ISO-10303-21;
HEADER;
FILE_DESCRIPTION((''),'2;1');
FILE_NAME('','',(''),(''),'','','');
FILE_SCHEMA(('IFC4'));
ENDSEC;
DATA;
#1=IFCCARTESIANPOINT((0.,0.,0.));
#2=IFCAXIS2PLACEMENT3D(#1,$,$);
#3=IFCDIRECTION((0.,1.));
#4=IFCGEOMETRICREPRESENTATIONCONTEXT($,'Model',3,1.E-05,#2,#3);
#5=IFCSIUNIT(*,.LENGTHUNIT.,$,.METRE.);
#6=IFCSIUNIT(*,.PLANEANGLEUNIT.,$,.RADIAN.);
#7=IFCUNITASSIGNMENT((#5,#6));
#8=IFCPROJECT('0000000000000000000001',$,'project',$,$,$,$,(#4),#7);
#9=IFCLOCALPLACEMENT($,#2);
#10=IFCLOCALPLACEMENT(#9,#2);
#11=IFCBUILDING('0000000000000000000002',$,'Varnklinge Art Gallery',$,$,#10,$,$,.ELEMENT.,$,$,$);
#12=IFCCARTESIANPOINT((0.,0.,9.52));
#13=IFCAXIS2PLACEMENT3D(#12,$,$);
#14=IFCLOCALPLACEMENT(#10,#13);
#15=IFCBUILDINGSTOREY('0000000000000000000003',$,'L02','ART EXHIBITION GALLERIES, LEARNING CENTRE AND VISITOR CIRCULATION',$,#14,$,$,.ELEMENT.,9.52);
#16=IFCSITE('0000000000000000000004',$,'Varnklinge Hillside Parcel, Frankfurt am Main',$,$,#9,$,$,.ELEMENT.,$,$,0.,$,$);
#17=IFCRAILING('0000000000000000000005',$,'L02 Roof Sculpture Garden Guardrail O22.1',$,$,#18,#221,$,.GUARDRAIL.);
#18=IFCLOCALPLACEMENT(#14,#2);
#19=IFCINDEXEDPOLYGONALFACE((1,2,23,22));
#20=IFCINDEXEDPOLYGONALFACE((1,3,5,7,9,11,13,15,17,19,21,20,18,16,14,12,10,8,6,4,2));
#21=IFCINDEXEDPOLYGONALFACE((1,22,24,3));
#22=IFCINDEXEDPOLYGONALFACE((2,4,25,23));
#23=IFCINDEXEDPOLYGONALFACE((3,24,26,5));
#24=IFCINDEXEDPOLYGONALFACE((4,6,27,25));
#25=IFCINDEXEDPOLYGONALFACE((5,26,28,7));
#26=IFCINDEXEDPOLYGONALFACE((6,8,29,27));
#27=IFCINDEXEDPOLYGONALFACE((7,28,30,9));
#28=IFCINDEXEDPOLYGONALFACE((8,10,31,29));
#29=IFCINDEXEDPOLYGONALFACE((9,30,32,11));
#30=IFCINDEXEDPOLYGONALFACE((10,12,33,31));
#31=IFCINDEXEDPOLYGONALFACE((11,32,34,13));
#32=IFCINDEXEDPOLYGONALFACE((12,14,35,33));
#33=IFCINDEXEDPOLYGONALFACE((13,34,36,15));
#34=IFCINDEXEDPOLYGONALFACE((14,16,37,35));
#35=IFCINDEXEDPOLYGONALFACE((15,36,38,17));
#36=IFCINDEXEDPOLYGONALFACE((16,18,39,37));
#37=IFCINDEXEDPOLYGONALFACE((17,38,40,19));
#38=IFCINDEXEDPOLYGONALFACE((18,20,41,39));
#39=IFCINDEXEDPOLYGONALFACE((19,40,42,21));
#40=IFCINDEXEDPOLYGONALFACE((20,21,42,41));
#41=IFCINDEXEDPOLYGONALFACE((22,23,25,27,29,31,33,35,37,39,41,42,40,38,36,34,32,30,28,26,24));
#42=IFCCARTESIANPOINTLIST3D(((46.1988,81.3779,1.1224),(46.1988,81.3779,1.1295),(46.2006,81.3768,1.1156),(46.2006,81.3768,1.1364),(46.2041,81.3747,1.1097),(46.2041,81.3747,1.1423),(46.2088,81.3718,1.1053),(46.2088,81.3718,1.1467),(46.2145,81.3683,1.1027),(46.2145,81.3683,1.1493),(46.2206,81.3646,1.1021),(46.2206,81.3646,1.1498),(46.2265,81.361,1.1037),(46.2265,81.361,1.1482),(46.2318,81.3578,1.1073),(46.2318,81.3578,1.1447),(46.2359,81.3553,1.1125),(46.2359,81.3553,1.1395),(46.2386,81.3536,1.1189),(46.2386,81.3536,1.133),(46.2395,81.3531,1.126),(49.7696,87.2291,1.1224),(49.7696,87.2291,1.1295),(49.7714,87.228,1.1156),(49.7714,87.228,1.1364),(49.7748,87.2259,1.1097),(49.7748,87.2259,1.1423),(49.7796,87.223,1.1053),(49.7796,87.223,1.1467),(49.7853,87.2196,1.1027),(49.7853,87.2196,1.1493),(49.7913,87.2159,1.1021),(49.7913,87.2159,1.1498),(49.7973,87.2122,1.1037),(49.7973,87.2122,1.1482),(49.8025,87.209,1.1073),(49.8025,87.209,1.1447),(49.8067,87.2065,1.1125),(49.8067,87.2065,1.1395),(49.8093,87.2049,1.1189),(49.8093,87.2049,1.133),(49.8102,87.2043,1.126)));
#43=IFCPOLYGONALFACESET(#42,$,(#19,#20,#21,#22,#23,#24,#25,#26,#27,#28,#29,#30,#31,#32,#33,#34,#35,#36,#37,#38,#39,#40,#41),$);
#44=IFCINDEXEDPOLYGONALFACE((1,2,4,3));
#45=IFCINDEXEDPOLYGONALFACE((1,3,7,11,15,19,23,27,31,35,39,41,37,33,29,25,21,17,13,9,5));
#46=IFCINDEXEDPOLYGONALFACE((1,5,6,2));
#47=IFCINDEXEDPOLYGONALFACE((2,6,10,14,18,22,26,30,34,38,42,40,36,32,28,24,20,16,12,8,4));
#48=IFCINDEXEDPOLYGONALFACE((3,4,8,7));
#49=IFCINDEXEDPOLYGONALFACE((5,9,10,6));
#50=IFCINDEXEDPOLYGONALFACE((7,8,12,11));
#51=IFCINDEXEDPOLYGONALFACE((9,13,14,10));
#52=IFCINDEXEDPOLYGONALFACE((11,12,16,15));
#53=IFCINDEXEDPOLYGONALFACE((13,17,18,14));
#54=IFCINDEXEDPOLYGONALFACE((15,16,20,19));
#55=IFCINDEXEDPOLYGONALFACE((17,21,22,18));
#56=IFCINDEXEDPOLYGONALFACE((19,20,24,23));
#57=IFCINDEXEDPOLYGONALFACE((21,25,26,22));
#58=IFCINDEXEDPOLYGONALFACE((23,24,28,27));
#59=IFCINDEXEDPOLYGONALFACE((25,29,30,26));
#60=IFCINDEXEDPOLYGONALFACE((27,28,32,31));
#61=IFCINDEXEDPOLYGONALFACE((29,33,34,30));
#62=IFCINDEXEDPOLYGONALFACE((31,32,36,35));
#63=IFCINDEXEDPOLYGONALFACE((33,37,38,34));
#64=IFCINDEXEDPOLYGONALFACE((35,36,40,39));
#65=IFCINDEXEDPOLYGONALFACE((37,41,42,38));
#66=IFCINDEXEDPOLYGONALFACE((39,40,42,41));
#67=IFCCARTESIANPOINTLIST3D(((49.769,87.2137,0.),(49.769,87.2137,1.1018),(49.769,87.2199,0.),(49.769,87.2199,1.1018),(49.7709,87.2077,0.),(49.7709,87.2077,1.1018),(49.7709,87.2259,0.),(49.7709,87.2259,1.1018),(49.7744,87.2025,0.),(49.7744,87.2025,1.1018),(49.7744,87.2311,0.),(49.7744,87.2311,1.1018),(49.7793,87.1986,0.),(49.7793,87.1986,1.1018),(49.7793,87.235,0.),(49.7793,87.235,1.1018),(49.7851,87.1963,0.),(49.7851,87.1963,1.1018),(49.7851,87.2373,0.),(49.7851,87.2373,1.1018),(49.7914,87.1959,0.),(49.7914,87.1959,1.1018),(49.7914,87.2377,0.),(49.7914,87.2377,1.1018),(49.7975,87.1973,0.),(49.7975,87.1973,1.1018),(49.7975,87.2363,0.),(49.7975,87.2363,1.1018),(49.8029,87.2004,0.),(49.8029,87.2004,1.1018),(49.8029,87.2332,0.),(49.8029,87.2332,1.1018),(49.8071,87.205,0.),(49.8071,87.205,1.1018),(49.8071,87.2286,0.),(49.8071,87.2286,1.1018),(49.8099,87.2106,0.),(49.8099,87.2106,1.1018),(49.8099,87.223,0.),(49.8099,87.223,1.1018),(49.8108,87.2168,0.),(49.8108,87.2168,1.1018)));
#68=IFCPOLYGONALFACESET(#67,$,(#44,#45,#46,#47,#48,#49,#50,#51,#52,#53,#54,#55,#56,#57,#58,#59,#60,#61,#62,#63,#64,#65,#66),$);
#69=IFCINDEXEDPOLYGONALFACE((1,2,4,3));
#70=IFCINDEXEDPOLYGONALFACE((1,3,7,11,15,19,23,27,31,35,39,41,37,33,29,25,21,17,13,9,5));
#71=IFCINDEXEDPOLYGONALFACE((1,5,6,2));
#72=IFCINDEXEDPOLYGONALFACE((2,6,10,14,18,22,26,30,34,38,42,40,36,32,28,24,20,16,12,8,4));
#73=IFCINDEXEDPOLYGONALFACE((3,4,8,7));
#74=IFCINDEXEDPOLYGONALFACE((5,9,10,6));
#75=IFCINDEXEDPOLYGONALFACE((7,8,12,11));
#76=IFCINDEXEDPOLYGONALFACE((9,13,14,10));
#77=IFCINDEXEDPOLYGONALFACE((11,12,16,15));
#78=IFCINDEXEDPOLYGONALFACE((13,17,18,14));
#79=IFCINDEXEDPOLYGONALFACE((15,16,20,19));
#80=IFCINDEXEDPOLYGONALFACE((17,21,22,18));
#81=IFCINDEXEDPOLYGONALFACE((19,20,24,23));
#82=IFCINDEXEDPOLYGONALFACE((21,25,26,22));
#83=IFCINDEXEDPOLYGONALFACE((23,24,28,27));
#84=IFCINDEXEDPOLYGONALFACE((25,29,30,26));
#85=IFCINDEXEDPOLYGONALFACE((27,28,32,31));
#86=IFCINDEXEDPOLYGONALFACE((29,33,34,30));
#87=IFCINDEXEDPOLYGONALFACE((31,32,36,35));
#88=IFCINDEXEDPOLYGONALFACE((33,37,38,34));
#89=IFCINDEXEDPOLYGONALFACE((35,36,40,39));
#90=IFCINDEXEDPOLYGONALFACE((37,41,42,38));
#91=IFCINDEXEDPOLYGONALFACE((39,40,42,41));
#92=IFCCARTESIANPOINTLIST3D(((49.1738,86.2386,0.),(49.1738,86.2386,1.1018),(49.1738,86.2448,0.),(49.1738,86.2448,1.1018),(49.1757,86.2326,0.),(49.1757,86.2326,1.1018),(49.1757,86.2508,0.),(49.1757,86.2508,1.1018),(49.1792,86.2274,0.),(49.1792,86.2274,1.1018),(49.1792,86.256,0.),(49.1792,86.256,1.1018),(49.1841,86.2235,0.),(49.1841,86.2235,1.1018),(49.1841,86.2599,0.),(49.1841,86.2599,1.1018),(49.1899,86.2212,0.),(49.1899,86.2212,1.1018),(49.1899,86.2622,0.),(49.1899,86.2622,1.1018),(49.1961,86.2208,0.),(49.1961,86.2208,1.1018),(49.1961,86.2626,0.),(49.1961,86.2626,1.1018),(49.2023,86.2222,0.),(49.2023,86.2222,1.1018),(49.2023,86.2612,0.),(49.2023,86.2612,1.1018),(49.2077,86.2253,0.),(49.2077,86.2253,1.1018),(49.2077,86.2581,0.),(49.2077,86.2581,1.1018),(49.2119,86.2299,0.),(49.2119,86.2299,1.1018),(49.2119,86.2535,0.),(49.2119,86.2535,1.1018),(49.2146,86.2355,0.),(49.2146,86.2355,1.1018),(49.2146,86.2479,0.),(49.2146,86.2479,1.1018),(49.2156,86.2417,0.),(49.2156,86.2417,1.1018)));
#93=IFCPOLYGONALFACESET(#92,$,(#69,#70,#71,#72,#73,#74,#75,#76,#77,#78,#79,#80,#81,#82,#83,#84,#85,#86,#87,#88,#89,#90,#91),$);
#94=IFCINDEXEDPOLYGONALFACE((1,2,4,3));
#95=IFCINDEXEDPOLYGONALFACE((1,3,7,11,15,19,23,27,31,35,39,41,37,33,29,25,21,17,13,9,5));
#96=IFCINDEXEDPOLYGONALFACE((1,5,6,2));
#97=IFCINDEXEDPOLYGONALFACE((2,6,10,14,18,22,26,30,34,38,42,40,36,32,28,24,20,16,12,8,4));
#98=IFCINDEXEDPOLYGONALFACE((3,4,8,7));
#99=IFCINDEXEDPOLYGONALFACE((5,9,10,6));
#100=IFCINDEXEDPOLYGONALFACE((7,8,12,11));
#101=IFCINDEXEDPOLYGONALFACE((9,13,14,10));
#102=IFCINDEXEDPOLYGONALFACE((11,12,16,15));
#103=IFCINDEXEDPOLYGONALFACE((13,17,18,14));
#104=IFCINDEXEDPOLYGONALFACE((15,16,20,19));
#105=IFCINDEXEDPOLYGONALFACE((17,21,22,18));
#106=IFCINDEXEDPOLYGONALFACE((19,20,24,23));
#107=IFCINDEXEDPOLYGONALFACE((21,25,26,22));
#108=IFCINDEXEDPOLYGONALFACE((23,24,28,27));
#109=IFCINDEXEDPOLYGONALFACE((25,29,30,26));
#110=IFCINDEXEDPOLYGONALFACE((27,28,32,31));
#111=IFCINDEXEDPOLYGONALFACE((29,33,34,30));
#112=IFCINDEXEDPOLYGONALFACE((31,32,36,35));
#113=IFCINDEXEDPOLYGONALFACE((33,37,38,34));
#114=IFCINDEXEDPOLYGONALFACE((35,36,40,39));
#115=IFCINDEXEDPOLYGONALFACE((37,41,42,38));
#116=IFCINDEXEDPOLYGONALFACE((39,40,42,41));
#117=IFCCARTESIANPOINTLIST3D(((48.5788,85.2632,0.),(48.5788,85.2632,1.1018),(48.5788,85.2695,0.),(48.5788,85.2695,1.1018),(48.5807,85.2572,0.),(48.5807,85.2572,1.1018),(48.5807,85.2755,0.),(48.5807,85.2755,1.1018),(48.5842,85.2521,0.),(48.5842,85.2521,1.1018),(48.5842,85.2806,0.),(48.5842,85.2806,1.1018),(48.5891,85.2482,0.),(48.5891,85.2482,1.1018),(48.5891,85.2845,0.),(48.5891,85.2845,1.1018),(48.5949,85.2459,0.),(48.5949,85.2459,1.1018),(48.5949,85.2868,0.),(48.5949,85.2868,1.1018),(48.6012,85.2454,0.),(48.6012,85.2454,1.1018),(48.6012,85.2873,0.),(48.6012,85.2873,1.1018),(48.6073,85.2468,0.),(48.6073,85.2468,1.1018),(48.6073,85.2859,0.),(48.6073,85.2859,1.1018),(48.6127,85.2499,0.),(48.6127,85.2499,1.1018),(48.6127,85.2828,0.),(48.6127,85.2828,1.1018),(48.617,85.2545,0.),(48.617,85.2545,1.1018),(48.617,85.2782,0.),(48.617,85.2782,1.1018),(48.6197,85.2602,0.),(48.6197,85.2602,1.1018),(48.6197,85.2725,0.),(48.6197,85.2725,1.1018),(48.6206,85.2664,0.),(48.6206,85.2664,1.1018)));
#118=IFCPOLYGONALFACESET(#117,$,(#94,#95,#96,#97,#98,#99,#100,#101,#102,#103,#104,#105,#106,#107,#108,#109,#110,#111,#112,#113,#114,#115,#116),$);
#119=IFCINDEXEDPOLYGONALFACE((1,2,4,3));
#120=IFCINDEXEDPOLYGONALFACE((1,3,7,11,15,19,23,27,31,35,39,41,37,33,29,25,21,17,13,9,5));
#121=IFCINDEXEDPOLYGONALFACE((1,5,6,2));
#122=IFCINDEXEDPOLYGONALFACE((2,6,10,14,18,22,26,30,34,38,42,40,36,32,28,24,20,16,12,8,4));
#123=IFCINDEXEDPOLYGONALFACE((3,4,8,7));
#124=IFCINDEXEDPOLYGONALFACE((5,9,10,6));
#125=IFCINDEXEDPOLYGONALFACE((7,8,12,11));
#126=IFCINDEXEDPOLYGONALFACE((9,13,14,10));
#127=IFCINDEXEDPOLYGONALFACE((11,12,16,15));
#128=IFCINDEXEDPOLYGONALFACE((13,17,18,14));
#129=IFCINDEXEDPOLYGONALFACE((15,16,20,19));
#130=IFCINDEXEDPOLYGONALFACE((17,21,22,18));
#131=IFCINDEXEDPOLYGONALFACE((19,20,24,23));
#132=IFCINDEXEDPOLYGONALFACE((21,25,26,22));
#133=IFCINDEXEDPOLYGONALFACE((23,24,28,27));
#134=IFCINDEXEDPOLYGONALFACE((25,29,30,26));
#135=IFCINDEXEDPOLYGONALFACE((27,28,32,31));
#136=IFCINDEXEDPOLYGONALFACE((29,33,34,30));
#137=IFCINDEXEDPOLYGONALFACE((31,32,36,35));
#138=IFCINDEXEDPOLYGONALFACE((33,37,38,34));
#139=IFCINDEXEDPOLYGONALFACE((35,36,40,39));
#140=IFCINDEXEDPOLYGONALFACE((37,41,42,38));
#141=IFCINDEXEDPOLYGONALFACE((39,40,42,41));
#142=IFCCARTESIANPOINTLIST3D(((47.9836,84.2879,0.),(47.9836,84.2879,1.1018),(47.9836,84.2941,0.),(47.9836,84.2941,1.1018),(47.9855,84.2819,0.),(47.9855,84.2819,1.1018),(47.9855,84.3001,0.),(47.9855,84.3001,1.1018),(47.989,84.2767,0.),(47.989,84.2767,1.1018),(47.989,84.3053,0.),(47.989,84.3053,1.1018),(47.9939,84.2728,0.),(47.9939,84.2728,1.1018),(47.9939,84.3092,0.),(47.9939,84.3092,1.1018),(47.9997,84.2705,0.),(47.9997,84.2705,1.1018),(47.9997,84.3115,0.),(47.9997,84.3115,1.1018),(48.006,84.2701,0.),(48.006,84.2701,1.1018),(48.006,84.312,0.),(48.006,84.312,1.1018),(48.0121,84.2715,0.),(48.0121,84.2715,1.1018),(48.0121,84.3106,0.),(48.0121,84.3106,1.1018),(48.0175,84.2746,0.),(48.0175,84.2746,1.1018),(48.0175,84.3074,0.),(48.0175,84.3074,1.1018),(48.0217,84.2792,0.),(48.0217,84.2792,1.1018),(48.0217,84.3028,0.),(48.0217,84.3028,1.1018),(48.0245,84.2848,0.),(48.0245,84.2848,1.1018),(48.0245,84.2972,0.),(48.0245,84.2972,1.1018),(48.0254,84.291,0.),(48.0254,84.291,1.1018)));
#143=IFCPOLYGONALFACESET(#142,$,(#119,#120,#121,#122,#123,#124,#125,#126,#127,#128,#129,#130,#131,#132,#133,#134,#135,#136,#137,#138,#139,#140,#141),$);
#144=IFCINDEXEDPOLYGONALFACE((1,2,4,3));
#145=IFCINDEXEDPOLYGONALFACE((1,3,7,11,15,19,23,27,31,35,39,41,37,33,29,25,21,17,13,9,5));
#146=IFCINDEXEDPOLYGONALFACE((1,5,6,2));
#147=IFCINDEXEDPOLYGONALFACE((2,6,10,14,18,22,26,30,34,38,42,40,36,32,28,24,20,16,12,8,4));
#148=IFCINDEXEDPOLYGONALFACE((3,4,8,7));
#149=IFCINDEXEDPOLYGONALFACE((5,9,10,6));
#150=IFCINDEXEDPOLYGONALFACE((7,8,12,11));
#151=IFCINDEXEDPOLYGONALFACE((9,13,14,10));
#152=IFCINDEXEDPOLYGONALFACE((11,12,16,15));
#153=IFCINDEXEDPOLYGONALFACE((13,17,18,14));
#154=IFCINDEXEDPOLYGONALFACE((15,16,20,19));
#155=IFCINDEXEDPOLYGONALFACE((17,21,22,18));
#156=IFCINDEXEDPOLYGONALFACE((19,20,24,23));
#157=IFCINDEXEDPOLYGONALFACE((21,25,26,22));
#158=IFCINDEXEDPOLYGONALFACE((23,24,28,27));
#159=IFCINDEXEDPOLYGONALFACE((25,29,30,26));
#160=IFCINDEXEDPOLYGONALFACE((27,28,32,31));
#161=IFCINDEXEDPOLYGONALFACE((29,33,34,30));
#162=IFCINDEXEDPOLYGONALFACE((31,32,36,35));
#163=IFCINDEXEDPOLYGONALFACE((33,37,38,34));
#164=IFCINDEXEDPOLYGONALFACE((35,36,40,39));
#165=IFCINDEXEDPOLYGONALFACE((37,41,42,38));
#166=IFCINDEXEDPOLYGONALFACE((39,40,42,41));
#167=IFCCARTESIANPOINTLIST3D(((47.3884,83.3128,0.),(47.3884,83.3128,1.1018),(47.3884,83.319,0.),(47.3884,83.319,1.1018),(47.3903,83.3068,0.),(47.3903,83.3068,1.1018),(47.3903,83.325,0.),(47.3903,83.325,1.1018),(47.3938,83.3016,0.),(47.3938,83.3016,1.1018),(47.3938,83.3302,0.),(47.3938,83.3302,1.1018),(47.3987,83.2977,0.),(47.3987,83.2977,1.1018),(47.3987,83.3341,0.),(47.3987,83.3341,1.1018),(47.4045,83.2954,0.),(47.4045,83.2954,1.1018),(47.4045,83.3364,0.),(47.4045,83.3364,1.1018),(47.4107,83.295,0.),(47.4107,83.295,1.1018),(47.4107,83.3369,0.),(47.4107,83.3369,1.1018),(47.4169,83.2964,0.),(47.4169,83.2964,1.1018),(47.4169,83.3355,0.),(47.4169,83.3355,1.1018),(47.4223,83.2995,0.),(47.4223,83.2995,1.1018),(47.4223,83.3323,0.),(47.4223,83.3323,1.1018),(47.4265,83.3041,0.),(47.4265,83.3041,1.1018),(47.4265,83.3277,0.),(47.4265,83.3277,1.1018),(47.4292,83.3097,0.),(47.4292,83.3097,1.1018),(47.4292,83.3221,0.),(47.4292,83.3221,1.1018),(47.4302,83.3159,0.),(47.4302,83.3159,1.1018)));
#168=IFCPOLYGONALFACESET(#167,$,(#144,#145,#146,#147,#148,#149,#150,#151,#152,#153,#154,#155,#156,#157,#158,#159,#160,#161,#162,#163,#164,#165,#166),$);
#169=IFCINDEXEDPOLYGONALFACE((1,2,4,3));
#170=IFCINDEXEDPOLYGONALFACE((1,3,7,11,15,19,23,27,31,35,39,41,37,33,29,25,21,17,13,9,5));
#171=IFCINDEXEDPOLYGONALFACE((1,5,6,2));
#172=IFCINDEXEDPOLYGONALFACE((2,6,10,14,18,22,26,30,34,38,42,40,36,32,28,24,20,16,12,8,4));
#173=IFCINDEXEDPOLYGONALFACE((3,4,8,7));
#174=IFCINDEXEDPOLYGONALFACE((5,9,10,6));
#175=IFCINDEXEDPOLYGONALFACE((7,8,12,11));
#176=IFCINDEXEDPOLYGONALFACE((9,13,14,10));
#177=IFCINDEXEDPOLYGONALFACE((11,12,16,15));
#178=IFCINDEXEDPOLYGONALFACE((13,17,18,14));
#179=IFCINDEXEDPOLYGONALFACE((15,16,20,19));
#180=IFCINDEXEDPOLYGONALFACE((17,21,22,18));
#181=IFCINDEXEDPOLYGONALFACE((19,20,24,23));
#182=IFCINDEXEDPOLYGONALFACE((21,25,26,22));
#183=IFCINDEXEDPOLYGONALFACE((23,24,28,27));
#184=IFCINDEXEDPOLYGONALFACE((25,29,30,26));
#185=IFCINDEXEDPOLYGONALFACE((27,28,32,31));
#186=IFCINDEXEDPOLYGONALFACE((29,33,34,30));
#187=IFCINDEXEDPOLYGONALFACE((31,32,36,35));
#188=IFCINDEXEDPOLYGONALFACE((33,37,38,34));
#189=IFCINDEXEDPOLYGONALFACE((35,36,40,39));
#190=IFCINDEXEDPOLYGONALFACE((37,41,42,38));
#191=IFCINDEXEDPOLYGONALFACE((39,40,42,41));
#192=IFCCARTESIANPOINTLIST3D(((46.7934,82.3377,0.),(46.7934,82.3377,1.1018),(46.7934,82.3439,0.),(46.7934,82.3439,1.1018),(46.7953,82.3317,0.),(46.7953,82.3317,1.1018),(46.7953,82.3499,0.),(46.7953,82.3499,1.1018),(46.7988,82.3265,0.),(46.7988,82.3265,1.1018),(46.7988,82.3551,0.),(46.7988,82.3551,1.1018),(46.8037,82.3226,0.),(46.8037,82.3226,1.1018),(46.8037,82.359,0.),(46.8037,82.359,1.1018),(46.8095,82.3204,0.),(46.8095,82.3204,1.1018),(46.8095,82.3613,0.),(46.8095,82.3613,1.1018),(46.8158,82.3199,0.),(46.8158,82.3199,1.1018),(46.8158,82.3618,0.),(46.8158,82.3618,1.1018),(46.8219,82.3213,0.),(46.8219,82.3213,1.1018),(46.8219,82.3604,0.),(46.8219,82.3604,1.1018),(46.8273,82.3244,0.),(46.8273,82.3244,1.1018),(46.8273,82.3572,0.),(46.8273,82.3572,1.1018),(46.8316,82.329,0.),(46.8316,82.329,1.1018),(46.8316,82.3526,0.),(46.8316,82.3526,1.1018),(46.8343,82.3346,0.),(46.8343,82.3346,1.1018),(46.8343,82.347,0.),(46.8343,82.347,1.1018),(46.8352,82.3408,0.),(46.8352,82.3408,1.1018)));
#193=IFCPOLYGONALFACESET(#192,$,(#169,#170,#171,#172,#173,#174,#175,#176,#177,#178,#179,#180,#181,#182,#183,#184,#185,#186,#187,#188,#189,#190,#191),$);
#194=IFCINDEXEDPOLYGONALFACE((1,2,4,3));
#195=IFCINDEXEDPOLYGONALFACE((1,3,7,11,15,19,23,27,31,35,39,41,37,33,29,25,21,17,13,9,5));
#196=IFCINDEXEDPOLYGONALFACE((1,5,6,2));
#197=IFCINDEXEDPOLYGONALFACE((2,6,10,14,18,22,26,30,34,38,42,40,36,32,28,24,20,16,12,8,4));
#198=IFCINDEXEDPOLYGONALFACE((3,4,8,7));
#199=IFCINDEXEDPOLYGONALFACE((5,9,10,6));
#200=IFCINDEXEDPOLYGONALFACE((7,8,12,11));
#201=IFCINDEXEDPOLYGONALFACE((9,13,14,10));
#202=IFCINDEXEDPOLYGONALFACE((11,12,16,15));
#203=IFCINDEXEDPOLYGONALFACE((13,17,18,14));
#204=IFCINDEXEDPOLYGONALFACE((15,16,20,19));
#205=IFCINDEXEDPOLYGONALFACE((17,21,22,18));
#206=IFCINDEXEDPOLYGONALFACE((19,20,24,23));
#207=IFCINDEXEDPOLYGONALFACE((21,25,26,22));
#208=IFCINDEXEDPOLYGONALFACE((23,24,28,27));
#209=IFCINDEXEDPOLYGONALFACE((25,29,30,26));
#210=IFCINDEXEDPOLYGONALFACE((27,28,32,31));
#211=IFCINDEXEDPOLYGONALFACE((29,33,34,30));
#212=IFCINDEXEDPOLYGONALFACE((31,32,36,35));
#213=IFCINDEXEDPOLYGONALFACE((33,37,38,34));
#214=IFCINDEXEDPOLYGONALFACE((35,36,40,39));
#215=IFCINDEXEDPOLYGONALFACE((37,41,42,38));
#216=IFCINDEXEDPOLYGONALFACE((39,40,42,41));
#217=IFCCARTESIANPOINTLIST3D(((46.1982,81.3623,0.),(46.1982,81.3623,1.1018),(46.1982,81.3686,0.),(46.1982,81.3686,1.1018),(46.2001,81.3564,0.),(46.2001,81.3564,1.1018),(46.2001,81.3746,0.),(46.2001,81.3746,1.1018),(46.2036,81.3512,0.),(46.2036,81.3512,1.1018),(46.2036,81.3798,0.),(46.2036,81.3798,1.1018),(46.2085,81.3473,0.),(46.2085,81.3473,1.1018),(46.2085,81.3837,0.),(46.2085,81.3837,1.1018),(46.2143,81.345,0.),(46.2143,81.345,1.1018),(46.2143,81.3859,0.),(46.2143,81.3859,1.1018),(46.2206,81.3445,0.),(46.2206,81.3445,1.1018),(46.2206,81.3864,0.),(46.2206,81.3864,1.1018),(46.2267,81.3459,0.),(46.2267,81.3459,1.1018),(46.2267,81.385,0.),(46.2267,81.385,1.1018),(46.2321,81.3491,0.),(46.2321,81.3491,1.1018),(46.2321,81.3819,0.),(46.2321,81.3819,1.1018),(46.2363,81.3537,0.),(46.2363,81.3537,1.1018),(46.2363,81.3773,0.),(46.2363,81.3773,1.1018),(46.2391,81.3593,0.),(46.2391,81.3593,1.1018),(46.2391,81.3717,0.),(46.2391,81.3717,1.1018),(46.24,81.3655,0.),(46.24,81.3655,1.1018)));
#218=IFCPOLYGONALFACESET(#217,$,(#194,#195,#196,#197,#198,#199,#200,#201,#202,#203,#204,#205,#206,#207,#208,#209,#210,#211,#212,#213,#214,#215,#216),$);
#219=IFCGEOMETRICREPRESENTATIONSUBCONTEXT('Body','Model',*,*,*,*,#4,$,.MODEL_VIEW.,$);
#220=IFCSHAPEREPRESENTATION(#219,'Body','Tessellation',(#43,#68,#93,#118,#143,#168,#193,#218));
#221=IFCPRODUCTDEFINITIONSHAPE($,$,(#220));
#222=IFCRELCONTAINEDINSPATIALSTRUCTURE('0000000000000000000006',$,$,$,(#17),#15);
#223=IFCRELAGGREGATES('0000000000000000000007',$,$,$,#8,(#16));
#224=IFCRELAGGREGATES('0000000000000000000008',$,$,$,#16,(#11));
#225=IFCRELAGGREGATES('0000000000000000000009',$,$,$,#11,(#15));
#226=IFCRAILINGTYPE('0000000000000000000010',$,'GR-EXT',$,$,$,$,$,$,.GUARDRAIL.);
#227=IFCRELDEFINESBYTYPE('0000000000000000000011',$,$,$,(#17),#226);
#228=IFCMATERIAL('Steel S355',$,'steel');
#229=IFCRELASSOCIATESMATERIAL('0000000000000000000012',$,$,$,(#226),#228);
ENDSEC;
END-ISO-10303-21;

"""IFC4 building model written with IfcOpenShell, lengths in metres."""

from ifc_helpers import new_model, si_unit, direction, frame, origin, origin_2d, place, context, subcontext, project, spatial, circle, extrude, material, type_object, element, save


model = new_model("IFC4")

# Units and contexts
model_context = context("Model", 3, precision=1e-05, world=origin(), true_north=direction((0.0, 1.0)))
body_context = subcontext(model_context, "Body", "Model", "MODEL_VIEW")
ifc_project = project(units=[si_unit("LENGTHUNIT", "METRE"), si_unit("PLANEANGLEUNIT", "RADIAN")], contexts=[model_context])

# Site, building, storey
site_placement = place(None, origin())
site = spatial("IfcSite", under=ifc_project, at=site_placement, Name="Varnklinge Hillside Parcel, Frankfurt am Main", CompositionType="ELEMENT", RefElevation=0.0)
building_placement = place(site_placement, origin())
building = spatial("IfcBuilding", under=site, at=building_placement, Name="Varnklinge Art Gallery", CompositionType="ELEMENT")
storey_placement = place(building_placement, frame((0.0, 0.0, 9.52)))
storey = spatial("IfcBuildingStorey", under=building, at=storey_placement, Name="L02", Description="ART EXHIBITION GALLERIES, LEARNING CENTRE AND VISITOR CIRCULATION", CompositionType="ELEMENT", Elevation=9.52)

# Railing
ifc_material_1 = material(Name="Steel S355", Category="steel")
railing_type_1 = type_object("IfcRailingType", Name="GR-EXT", PredefinedType="GUARDRAIL", material=ifc_material_1)
railing_1_placement = place(storey_placement, frame((49.7898, 87.2168, 0.0)))
element("IfcRailing", 1, at=railing_1_placement, inside=storey, type_object=railing_type_1, Name="L02 Roof Sculpture Garden Guardrail O22.1", PredefinedType="GUARDRAIL", context=body_context, shape_type="SweptSolid", body=[
    extrude(circle(Radius=0.0239, at=origin_2d()), frame((0.0, 0.0, 1.126), z_axis=(-0.520918, -0.853607, 0.0), x_axis=(0.853607, -0.520918, 0.0)), (0.0, 0.0, 1.0), 6.8547),
    extrude(circle(Radius=0.021, at=origin_2d()), origin(), (0.0, 0.0, 1.0), 1.1018),
    extrude(circle(Radius=0.021, at=origin_2d()), frame((-0.5952, -0.9751, 0.0)), (0.0, 0.0, 1.0), 1.1018),
    extrude(circle(Radius=0.021, at=origin_2d()), frame((-1.1902, -1.9504, 0.0)), (0.0, 0.0, 1.0), 1.1018),
    extrude(circle(Radius=0.021, at=origin_2d()), frame((-1.7854, -2.9258, 0.0)), (0.0, 0.0, 1.0), 1.1018),
    extrude(circle(Radius=0.021, at=origin_2d()), frame((-2.3806, -3.9009, 0.0)), (0.0, 0.0, 1.0), 1.1018),
    extrude(circle(Radius=0.021, at=origin_2d()), frame((-2.9756, -4.876, 0.0)), (0.0, 0.0, 1.0), 1.1018),
    extrude(circle(Radius=0.021, at=origin_2d()), frame((-3.5708, -5.8513, 0.0)), (0.0, 0.0, 1.0), 1.1018),
])

save(model, "model.ifc")
